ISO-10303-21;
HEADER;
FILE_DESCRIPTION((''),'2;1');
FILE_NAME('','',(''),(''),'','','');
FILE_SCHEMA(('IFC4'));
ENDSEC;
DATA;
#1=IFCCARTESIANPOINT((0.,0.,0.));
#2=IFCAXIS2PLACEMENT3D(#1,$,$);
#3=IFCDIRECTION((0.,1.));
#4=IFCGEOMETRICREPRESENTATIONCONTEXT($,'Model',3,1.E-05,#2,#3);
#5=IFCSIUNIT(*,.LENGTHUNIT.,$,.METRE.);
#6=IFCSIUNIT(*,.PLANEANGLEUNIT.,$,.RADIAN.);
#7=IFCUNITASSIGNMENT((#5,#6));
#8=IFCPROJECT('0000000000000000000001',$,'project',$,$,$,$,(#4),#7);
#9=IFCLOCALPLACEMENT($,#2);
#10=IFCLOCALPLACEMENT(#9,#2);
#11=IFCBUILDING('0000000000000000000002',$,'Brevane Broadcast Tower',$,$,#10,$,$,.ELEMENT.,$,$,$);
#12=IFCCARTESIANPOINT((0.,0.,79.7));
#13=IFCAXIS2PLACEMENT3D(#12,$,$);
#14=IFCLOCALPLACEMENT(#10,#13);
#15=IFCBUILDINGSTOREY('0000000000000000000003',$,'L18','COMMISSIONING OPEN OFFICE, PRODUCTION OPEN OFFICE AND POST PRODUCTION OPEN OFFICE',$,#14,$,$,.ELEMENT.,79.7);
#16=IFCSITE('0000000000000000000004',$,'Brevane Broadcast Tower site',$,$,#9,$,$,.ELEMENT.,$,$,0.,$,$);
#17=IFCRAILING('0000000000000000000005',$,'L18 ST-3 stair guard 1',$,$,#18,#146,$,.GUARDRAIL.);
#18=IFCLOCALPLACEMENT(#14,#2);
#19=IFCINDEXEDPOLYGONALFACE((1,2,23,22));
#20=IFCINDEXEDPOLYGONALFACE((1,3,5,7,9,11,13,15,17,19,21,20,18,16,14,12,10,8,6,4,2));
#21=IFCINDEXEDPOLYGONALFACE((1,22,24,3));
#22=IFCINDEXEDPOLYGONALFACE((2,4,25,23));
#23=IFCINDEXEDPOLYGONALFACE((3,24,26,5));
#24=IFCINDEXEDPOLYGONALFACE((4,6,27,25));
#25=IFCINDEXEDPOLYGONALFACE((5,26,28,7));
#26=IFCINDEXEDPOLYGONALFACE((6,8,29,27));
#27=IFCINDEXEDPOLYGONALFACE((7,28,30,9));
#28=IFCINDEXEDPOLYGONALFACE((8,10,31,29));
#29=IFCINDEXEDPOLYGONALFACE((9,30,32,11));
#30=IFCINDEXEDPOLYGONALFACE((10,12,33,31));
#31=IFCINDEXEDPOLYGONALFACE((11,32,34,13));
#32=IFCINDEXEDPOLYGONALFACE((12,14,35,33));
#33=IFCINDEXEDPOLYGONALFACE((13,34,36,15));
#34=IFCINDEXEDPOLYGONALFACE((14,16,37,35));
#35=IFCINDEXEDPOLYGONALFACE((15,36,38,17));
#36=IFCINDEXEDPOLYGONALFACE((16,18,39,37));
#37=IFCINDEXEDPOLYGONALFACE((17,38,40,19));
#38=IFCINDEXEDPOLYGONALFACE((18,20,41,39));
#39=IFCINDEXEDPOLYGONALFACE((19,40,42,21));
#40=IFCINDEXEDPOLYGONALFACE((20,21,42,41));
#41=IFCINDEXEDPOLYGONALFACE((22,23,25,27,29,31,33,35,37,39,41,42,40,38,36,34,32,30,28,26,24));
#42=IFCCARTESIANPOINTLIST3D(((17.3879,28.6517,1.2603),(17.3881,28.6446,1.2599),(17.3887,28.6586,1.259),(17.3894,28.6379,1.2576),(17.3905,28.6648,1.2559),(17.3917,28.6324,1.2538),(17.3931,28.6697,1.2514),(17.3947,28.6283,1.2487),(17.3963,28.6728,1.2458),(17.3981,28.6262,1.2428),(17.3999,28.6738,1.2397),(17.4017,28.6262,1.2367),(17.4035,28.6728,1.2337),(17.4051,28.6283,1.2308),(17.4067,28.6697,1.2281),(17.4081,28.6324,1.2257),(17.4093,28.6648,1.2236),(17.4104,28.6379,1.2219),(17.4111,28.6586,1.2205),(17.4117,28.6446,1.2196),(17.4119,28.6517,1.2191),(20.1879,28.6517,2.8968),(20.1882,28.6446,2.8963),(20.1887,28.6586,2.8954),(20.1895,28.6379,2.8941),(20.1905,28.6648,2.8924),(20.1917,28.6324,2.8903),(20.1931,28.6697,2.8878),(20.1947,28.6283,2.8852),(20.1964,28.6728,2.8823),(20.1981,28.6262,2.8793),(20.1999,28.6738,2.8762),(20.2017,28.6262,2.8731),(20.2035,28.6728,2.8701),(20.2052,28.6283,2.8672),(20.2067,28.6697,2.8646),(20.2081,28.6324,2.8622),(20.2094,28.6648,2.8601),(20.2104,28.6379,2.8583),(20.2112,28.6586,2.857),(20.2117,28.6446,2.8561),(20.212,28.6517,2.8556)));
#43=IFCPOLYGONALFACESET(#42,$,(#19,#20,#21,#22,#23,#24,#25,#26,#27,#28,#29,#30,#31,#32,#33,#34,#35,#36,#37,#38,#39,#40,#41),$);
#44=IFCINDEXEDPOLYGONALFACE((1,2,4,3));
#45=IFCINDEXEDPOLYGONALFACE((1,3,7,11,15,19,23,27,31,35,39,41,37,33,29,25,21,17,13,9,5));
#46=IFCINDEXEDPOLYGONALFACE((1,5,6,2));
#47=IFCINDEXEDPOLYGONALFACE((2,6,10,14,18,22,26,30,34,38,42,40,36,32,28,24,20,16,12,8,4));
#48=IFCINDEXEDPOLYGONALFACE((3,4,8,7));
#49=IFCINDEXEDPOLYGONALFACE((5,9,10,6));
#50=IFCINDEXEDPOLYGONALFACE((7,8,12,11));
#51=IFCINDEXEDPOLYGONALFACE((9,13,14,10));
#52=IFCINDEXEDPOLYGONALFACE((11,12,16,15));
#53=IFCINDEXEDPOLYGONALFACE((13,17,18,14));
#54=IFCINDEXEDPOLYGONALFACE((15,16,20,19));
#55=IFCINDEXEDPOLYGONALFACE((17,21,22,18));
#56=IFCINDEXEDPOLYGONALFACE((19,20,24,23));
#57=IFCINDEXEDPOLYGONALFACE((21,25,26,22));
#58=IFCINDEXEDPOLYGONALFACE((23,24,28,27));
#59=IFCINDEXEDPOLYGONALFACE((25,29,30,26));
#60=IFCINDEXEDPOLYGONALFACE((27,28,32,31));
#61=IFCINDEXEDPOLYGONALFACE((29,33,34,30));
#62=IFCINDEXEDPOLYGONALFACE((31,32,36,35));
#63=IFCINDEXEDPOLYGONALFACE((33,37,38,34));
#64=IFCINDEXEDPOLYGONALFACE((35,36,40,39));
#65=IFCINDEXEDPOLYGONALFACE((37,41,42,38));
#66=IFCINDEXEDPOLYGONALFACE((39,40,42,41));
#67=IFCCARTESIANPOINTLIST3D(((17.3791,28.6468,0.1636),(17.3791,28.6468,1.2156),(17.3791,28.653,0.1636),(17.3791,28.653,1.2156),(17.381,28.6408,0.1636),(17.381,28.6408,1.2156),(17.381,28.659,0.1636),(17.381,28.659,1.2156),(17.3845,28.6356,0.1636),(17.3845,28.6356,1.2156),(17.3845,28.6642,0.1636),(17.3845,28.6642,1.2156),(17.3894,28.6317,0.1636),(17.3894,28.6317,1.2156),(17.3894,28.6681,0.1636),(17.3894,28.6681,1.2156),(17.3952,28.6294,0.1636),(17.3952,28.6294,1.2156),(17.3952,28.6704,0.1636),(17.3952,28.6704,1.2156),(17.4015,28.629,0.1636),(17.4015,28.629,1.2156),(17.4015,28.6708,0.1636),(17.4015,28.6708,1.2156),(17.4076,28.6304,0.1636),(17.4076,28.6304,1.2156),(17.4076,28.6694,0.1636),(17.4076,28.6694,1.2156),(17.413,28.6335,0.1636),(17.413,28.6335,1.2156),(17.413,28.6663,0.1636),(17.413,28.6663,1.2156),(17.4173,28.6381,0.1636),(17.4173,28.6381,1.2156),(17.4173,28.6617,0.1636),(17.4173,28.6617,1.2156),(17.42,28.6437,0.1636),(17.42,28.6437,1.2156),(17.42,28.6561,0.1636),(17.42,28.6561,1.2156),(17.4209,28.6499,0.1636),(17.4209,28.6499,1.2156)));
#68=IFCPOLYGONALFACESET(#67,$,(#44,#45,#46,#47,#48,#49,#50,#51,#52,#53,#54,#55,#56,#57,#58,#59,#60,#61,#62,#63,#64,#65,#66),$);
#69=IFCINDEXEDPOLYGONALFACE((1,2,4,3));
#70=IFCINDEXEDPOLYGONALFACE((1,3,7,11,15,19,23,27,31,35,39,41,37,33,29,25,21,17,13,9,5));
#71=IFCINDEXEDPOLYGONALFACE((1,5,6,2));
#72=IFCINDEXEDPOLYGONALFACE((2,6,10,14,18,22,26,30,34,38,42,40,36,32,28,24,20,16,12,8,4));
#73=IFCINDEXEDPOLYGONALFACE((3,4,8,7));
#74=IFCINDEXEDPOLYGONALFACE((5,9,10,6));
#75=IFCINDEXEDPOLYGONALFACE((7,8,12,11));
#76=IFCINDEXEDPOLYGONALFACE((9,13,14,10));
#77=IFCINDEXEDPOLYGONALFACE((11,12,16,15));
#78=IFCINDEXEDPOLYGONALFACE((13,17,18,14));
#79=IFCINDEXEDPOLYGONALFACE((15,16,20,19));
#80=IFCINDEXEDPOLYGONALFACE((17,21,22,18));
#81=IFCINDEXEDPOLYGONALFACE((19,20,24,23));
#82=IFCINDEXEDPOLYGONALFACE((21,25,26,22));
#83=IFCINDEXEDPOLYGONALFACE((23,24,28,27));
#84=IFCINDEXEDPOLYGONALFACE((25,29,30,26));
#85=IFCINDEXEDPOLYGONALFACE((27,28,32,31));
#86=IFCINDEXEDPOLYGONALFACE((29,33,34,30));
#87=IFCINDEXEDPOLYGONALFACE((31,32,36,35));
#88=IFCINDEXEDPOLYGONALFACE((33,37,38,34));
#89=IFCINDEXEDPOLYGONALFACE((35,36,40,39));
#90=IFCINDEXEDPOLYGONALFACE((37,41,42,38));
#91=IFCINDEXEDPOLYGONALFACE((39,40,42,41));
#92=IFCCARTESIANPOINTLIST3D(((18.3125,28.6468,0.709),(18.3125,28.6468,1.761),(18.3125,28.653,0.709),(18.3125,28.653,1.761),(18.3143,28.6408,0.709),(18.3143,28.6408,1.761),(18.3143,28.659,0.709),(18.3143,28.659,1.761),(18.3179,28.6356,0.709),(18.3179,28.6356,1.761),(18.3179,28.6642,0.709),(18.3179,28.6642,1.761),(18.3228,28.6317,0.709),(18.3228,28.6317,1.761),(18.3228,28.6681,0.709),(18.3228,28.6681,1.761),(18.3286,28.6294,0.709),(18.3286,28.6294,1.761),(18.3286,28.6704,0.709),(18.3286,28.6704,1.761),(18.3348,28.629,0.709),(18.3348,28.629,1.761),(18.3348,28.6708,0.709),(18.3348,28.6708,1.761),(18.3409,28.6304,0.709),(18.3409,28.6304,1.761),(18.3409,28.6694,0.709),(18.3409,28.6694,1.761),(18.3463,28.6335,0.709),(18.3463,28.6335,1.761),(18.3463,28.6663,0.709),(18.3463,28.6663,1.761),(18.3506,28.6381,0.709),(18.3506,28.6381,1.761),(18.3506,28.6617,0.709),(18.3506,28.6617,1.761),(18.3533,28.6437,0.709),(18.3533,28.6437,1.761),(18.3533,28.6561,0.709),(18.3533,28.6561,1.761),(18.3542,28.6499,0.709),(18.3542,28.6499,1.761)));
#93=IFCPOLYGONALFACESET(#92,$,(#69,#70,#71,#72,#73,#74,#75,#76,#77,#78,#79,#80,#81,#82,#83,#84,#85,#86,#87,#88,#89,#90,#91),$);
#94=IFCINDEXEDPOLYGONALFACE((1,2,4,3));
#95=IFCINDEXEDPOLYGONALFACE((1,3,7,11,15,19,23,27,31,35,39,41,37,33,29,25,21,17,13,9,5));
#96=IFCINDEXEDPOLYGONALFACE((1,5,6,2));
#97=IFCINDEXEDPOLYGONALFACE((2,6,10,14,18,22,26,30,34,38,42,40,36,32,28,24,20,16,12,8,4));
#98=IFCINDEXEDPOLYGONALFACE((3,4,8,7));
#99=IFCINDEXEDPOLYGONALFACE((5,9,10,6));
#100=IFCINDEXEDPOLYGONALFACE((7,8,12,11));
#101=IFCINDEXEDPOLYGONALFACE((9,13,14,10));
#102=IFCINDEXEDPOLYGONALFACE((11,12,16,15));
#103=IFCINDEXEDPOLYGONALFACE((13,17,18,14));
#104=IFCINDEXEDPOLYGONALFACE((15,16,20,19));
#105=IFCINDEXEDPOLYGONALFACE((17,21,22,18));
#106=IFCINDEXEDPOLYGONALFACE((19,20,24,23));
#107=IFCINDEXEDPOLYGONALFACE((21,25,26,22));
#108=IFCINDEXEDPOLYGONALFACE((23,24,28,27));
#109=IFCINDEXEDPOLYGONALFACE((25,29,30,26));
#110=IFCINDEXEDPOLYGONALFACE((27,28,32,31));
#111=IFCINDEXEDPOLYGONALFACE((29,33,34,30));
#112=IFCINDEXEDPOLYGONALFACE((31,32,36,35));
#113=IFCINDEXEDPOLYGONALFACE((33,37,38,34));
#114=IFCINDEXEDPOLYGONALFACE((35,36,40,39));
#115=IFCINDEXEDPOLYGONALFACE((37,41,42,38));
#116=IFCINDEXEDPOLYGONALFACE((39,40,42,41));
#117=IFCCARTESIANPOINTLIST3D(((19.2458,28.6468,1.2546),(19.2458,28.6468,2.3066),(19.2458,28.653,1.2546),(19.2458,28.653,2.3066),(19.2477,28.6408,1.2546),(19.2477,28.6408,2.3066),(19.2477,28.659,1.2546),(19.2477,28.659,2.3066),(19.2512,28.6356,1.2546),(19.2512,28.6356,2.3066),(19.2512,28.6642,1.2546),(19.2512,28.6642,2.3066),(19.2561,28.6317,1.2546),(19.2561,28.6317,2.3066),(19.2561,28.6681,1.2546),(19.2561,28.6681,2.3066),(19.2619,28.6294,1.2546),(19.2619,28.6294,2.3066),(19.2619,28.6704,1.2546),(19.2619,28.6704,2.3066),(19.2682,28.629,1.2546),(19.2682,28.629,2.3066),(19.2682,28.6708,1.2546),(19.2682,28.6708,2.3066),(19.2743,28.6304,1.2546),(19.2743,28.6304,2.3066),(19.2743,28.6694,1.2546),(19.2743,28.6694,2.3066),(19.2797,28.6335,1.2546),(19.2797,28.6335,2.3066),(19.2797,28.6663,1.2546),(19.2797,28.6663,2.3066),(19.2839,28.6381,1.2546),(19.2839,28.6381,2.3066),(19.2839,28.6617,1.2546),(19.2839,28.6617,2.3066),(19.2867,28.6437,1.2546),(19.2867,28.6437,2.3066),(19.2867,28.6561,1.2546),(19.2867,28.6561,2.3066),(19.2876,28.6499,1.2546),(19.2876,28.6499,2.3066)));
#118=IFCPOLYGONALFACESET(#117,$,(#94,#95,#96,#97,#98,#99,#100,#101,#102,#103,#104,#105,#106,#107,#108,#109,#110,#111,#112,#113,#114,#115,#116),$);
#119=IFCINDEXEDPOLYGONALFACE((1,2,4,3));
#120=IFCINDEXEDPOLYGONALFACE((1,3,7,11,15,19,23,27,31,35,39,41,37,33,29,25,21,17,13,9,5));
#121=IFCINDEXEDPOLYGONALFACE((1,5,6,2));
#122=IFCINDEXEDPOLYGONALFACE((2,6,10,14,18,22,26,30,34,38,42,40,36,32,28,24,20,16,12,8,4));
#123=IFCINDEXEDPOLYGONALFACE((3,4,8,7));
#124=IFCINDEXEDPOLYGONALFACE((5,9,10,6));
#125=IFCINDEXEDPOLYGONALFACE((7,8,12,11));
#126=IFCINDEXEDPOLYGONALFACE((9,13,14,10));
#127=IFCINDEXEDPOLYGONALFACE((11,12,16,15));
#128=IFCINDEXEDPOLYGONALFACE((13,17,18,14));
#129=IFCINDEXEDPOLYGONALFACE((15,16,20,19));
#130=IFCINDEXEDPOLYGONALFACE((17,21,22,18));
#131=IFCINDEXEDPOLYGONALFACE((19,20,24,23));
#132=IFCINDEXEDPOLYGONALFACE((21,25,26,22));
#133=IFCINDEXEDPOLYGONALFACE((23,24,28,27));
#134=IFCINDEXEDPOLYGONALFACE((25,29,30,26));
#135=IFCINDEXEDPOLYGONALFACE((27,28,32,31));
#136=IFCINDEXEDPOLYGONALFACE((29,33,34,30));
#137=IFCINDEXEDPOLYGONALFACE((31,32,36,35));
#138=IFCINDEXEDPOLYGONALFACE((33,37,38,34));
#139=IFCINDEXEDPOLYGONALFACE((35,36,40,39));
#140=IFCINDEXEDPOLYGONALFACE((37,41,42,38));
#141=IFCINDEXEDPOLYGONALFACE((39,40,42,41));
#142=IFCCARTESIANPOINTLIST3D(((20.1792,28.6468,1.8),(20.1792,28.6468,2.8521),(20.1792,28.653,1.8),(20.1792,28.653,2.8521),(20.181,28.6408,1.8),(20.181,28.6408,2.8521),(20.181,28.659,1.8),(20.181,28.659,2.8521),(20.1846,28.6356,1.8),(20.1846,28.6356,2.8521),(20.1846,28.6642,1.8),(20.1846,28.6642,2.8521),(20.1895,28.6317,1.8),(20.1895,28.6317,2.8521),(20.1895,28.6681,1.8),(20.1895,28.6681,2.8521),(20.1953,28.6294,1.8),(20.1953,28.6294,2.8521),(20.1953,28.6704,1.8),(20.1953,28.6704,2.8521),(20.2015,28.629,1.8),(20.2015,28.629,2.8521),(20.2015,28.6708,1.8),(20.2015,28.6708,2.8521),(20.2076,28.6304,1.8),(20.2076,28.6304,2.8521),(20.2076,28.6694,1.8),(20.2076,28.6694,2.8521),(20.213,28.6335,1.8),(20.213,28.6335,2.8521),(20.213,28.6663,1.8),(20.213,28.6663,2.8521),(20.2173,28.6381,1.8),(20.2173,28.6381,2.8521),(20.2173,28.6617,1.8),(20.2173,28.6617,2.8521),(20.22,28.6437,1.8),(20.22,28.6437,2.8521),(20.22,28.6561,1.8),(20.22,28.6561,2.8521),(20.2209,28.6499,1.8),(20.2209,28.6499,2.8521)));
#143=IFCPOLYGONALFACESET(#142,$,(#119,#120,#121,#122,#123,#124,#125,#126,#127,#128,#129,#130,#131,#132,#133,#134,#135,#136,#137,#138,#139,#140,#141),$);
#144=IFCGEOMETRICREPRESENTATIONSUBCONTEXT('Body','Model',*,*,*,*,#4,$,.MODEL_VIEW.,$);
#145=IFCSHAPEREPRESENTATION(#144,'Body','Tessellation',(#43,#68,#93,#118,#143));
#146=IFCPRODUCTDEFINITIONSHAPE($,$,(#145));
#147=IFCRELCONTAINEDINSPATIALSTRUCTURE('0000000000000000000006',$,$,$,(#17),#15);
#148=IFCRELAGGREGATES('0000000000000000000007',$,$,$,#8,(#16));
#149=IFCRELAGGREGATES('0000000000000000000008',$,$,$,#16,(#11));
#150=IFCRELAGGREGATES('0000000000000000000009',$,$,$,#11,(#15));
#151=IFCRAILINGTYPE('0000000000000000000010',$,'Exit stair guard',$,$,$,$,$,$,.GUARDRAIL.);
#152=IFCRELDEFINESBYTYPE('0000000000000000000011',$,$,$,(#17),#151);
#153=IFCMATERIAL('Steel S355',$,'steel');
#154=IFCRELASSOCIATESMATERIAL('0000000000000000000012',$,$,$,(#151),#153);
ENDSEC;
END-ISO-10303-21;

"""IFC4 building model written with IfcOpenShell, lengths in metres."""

from ifc_helpers import new_model, si_unit, direction, frame, origin, origin_2d, place, context, subcontext, project, spatial, circle, extrude, material, type_object, element, save


model = new_model("IFC4")

# Units and contexts
model_context = context("Model", 3, precision=1e-05, world=origin(), true_north=direction((0.0, 1.0)))
body_context = subcontext(model_context, "Body", "Model", "MODEL_VIEW")
ifc_project = project(units=[si_unit("LENGTHUNIT", "METRE"), si_unit("PLANEANGLEUNIT", "RADIAN")], contexts=[model_context])

# Site, building, storey
site_placement = place(None, origin())
site = spatial("IfcSite", under=ifc_project, at=site_placement, Name="Brevane Broadcast Tower site", CompositionType="ELEMENT", RefElevation=0.0)
building_placement = place(site_placement, origin())
building = spatial("IfcBuilding", under=site, at=building_placement, Name="Brevane Broadcast Tower", CompositionType="ELEMENT")
storey_placement = place(building_placement, frame((0.0, 0.0, 79.7)))
storey = spatial("IfcBuildingStorey", under=building, at=storey_placement, Name="L18", Description="COMMISSIONING OPEN OFFICE, PRODUCTION OPEN OFFICE AND POST PRODUCTION OPEN OFFICE", CompositionType="ELEMENT", Elevation=79.7)

# Railing
ifc_material_1 = material(Name="Steel S355", Category="steel")
railing_type_1 = type_object("IfcRailingType", Name="Exit stair guard", PredefinedType="GUARDRAIL", material=ifc_material_1)
railing_1_placement = place(storey_placement, frame((17.3999, 28.6499, 0.1636)))
element("IfcRailing", 1, at=railing_1_placement, inside=storey, type_object=railing_type_1, Name="L18 ST-3 stair guard 1", PredefinedType="GUARDRAIL", context=body_context, shape_type="SweptSolid", body=[
    extrude(circle(Radius=0.0239, at=origin_2d()), frame((0.0, 0.0, 1.0762), z_axis=(0.863361, 0.0, 0.504587), x_axis=(0.0, 1.0, 0.0)), (0.0, 0.0, 1.0), 3.2432),
    extrude(circle(Radius=0.021, at=origin_2d()), origin(), (0.0, 0.0, 1.0), 1.052),
    extrude(circle(Radius=0.021, at=origin_2d()), frame((0.9333, 0.0, 0.5454)), (0.0, 0.0, 1.0), 1.052),
    extrude(circle(Radius=0.021, at=origin_2d()), frame((1.8667, 0.0, 1.0911)), (0.0, 0.0, 1.0), 1.052),
    extrude(circle(Radius=0.021, at=origin_2d()), frame((2.8, 0.0, 1.6365)), (0.0, 0.0, 1.0), 1.052),
])

save(model, "model.ifc")
